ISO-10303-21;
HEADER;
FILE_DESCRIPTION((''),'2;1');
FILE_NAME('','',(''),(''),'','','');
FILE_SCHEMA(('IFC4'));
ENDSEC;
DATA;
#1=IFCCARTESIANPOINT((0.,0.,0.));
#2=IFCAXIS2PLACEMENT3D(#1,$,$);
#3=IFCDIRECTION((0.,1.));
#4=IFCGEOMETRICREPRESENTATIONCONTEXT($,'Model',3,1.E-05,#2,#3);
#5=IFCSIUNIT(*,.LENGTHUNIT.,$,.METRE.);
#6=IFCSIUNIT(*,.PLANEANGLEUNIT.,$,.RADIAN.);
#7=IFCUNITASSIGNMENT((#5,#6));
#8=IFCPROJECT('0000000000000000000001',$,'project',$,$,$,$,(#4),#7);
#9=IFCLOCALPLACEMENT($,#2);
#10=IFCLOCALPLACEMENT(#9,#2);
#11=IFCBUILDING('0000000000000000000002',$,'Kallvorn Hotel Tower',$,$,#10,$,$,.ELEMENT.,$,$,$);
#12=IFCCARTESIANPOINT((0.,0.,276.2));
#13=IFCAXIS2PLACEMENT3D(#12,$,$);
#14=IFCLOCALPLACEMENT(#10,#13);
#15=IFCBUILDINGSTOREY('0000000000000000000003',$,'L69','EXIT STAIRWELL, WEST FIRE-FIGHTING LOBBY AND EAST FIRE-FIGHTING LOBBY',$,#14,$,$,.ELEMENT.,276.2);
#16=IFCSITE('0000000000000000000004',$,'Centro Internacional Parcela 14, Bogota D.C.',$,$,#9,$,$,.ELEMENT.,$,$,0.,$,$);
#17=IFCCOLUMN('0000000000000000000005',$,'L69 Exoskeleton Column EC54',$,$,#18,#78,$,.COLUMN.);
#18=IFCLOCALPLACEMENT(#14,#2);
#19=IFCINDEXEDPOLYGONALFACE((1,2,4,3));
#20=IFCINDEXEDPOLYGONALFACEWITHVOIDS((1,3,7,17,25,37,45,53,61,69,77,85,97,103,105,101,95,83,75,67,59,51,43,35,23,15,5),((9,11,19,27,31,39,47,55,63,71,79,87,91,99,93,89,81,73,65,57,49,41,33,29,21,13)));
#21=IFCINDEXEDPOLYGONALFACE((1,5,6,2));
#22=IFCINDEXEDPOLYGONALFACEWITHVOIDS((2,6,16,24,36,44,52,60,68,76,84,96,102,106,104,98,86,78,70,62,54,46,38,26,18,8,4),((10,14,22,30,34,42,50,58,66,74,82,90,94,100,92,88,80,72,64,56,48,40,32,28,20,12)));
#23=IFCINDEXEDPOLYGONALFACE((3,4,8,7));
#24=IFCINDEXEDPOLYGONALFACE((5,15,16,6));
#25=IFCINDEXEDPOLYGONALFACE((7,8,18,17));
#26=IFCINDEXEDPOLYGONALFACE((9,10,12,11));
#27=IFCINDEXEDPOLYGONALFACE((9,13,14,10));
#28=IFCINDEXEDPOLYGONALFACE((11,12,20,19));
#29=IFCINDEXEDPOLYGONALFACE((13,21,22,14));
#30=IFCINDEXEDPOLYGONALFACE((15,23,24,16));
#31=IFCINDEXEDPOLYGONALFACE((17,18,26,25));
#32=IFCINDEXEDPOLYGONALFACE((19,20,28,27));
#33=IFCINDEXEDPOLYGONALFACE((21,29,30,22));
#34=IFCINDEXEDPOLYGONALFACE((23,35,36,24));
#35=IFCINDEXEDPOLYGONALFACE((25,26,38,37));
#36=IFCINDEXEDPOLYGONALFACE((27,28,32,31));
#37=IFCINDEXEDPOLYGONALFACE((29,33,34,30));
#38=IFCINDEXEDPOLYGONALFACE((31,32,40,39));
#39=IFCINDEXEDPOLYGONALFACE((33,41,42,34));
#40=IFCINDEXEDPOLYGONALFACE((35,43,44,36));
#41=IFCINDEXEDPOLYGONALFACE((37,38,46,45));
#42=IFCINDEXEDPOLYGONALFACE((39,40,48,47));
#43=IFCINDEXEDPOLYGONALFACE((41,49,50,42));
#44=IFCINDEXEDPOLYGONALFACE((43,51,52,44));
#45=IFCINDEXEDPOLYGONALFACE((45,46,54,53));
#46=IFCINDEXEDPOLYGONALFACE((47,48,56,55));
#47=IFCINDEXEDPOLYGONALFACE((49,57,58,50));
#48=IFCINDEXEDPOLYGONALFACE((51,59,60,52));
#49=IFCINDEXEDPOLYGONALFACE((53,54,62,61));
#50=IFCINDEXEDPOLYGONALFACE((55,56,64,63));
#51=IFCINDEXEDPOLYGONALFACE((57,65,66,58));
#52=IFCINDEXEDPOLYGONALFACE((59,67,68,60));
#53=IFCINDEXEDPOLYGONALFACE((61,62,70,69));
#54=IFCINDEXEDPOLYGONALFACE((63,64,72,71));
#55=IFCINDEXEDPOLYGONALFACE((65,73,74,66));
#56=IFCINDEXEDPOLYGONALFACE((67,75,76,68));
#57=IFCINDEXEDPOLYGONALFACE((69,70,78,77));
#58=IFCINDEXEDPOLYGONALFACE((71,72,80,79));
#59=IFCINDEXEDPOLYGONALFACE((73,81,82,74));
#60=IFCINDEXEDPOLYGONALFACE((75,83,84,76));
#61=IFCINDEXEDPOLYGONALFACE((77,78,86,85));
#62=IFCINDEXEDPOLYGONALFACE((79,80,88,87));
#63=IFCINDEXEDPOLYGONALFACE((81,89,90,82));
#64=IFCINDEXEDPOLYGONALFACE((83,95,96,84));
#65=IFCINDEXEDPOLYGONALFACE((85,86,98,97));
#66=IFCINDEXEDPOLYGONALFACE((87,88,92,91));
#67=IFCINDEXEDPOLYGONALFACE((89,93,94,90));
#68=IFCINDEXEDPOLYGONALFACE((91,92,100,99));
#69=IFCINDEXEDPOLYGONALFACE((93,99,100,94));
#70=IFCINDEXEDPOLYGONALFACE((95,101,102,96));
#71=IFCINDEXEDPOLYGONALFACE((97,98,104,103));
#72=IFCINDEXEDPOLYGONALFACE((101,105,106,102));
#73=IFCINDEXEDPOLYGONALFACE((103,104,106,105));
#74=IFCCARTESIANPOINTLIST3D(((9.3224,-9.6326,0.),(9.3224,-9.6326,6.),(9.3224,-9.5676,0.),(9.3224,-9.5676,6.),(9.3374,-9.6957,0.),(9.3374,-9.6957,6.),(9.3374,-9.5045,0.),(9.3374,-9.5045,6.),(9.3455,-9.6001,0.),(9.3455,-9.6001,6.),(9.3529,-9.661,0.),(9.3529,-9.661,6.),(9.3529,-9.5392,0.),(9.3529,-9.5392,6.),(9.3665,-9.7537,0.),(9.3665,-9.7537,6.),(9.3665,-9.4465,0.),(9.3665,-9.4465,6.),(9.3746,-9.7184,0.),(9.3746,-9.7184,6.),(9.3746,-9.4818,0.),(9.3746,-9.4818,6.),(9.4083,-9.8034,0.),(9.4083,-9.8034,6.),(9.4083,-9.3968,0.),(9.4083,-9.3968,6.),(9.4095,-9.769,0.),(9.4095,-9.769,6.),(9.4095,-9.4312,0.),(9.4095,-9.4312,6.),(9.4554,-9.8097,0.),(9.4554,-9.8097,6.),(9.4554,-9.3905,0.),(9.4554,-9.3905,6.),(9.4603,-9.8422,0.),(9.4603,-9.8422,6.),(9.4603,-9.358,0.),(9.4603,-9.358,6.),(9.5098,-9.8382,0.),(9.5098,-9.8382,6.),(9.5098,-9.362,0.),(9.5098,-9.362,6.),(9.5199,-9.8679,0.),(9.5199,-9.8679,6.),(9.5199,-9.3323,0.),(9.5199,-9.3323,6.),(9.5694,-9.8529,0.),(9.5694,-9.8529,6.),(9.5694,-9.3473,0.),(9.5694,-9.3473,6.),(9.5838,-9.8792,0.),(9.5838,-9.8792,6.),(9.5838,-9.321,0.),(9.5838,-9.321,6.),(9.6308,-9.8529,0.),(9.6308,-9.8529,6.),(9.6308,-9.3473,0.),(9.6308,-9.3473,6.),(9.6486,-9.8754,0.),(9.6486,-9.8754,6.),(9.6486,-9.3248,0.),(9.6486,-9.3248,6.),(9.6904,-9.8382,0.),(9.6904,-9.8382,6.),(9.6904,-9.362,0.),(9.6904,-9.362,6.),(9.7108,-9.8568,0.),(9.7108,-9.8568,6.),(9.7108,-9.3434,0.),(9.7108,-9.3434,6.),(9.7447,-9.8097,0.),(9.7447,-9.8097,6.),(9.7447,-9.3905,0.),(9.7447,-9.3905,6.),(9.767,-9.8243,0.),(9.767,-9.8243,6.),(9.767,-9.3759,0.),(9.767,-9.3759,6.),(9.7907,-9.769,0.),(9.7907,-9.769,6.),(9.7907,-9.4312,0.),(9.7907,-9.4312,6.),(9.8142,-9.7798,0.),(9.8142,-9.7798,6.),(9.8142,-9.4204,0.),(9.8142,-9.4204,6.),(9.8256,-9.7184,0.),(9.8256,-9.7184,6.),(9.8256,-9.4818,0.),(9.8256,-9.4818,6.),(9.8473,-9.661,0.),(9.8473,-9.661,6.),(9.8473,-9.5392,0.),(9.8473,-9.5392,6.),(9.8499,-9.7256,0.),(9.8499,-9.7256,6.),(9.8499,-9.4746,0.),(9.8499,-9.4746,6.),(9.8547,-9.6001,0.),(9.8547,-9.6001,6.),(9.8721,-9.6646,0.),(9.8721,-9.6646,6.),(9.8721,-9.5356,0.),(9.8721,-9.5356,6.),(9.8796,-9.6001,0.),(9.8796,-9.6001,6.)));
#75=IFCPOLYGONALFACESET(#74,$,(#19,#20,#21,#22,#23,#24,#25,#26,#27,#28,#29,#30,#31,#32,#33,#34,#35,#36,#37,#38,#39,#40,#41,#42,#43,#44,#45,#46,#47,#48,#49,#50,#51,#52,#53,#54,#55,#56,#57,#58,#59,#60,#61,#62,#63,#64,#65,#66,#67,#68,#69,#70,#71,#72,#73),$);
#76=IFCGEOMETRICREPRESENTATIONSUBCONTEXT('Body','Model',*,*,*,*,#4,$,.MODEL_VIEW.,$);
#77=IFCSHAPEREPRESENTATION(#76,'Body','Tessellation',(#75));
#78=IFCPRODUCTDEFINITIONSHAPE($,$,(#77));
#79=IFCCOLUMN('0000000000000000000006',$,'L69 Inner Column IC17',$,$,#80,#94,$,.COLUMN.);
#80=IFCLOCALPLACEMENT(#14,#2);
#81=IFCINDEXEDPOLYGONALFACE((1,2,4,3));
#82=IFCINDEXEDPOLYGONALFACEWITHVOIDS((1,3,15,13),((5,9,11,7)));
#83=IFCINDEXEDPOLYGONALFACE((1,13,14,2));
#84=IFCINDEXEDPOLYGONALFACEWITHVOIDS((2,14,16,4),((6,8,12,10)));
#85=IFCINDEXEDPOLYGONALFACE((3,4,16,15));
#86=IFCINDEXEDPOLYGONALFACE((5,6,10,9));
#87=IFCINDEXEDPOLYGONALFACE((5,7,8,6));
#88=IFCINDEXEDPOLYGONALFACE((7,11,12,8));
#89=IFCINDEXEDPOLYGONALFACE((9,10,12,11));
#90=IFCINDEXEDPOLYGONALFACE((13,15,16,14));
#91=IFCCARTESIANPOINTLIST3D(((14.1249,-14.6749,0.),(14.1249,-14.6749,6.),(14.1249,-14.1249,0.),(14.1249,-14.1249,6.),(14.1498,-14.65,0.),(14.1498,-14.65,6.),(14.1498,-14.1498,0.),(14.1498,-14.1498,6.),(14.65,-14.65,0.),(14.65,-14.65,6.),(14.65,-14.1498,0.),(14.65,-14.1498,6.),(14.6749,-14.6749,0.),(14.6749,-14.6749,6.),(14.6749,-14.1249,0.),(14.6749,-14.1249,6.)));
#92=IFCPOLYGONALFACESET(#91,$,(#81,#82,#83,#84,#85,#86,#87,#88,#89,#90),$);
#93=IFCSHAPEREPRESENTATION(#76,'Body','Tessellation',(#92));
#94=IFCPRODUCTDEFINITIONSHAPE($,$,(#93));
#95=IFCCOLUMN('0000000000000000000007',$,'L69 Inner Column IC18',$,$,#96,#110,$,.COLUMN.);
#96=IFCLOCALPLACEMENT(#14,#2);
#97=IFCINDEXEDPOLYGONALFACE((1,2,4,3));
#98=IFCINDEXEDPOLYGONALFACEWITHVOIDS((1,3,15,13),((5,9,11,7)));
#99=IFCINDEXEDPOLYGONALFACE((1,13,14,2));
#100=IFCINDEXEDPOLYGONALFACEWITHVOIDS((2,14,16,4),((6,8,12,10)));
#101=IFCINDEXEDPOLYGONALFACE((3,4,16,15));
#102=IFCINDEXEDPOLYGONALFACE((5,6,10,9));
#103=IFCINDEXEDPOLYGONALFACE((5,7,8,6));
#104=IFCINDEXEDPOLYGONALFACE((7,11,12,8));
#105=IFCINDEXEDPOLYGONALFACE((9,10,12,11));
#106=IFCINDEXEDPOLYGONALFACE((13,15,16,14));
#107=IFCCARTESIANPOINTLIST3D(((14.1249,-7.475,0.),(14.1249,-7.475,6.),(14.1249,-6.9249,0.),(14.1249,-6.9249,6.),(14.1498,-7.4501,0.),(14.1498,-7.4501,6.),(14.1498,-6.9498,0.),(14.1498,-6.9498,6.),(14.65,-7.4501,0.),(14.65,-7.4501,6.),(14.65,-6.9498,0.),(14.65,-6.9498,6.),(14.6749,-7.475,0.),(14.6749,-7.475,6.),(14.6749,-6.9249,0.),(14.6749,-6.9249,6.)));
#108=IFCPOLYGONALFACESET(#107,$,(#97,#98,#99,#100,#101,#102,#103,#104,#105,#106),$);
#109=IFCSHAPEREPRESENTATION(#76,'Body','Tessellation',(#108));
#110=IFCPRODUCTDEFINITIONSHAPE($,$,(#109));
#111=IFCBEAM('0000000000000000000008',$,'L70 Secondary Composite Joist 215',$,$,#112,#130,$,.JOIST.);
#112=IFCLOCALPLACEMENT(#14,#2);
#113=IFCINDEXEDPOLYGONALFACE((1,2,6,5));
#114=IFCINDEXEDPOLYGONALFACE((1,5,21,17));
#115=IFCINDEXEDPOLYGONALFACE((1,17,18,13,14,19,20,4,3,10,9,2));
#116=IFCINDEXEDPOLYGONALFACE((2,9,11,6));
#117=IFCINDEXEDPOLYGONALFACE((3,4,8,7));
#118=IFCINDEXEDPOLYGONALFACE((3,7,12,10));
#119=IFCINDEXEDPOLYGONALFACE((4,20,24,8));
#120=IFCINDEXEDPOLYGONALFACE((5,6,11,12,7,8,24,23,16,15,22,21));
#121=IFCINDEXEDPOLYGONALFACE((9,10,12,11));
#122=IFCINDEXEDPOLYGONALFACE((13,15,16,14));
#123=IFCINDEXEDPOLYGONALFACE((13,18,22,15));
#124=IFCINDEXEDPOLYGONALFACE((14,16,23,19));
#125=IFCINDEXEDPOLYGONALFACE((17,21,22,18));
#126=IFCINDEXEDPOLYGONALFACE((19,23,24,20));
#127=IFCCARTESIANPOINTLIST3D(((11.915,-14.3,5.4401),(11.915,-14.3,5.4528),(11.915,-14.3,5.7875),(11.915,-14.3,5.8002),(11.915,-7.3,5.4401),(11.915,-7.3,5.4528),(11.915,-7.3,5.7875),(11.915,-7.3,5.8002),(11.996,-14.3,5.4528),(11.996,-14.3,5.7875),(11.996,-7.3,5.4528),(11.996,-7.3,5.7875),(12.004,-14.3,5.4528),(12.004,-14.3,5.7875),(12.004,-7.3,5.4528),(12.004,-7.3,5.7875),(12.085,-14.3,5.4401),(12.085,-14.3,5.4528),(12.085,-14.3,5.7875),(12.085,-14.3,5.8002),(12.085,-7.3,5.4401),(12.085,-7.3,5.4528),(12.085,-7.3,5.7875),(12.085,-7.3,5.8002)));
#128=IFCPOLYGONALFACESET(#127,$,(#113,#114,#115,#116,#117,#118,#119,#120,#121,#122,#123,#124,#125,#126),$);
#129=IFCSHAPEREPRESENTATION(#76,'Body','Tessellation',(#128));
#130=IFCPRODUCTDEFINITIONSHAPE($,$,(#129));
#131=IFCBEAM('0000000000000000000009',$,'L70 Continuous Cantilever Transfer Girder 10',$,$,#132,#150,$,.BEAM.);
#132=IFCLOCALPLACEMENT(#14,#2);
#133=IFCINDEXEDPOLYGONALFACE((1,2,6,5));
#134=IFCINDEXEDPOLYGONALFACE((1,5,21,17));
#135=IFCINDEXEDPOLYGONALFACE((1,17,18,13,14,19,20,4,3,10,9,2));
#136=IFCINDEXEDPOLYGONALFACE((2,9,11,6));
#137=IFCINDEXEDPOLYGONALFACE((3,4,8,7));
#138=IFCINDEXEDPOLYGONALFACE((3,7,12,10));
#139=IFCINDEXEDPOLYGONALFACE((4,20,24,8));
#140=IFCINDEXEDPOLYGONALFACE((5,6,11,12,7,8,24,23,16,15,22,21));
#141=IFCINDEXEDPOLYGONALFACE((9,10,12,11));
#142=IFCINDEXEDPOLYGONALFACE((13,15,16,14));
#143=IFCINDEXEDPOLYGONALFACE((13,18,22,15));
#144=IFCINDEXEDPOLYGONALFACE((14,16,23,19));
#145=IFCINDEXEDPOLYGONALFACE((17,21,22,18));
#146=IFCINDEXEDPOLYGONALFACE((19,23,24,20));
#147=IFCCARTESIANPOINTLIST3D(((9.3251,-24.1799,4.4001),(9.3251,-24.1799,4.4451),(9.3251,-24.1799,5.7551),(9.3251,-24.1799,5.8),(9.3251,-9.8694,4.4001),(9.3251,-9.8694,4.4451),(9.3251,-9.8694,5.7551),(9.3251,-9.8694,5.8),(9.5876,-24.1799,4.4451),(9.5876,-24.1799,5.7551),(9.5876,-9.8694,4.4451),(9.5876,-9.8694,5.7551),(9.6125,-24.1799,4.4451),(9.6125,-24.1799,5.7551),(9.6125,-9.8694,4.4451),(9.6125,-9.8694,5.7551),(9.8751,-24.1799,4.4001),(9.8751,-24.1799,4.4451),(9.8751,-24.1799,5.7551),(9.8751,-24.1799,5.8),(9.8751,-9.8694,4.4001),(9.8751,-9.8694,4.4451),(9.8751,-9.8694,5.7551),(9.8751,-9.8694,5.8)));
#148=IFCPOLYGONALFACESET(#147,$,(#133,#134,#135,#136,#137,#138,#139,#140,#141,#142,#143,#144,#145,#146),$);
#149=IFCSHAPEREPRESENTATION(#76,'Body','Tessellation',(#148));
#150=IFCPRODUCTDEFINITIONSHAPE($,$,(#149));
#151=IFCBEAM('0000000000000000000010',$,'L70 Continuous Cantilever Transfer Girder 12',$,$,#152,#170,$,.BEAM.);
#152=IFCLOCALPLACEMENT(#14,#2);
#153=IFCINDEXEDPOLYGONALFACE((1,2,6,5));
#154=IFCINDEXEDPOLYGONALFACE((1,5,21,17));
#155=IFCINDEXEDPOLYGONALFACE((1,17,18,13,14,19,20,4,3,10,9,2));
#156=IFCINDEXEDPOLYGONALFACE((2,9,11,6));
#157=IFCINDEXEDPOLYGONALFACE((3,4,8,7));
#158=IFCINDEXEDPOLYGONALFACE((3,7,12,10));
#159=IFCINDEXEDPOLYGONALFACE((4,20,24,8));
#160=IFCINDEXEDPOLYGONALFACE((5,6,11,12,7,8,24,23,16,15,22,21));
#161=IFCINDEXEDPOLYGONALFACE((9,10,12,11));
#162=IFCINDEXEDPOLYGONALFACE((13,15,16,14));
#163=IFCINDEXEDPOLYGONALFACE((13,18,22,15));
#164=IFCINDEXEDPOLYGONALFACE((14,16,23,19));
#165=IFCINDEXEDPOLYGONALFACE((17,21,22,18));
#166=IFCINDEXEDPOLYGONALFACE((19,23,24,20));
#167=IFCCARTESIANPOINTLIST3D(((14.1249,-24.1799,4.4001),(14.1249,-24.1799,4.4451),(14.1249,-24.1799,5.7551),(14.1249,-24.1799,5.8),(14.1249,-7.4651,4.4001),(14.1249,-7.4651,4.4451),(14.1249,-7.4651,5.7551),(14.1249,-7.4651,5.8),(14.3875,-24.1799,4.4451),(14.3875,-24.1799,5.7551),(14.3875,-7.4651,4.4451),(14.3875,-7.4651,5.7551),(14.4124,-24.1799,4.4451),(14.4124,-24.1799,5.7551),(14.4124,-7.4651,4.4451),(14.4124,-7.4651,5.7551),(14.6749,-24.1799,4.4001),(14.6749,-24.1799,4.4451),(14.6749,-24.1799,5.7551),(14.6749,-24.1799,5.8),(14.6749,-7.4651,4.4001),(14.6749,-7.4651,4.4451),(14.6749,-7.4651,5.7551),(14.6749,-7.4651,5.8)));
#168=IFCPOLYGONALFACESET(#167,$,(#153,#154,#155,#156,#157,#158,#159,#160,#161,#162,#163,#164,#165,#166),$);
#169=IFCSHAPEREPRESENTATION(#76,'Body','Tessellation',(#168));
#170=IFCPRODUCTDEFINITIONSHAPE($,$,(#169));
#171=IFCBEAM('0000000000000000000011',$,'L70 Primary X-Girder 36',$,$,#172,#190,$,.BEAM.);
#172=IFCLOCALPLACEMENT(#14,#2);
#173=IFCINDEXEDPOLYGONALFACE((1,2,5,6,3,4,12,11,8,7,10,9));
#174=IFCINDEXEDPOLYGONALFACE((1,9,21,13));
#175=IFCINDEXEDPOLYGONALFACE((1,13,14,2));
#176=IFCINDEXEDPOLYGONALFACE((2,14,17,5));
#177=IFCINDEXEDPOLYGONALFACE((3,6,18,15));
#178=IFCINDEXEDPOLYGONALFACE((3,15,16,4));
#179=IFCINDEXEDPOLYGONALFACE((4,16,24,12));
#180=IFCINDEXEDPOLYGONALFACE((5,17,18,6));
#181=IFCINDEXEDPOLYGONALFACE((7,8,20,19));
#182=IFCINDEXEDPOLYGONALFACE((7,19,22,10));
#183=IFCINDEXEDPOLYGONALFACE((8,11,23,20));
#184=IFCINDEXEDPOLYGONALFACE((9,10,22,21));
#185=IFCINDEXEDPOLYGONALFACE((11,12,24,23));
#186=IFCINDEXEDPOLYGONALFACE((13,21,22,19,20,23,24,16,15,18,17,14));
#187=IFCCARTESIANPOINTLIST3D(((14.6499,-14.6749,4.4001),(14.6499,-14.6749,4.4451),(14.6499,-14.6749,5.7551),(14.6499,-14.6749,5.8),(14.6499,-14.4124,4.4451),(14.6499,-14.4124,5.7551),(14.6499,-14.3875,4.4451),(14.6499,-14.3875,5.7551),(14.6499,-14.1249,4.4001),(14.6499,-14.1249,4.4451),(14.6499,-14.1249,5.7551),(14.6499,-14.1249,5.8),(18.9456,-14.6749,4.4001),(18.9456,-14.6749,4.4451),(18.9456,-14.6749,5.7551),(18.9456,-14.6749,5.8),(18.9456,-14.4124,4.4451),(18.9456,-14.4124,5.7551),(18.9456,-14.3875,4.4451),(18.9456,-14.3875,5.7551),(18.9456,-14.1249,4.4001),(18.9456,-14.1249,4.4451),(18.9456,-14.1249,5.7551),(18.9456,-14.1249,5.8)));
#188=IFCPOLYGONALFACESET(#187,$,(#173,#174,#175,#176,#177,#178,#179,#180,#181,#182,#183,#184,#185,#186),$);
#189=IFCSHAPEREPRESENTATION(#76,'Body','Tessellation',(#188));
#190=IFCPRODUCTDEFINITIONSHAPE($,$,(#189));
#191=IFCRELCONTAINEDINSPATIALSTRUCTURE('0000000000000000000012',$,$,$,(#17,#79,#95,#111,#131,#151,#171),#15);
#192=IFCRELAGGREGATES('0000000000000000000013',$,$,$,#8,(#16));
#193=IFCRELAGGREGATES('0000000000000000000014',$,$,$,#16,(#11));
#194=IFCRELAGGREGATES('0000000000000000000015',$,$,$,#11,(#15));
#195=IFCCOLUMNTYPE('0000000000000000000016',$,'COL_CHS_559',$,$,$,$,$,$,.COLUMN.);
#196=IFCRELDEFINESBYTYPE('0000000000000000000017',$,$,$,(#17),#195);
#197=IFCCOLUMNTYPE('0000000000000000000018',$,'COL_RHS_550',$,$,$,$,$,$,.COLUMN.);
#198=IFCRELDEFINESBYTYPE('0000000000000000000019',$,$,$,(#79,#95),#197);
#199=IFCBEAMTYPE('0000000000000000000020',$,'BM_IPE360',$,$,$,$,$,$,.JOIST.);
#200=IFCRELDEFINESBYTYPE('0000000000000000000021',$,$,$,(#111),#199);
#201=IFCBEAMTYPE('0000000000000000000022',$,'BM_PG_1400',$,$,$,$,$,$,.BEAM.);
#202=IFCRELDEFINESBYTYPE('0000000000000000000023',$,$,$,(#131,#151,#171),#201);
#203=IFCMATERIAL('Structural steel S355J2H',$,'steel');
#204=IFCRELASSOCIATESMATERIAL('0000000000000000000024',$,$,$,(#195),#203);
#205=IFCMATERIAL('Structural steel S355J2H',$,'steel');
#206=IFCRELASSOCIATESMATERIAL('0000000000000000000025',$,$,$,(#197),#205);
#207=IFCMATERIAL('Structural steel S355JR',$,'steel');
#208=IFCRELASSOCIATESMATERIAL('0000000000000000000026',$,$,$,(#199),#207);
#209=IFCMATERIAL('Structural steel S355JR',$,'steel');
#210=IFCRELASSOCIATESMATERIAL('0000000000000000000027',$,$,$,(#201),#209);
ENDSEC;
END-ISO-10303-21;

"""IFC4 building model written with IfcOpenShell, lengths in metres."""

from ifc_helpers import new_model, si_unit, direction, frame, origin, origin_2d, place, context, subcontext, project, spatial, hollow_rectangle, hollow_circle, i_section, extrude, material, material_profile, profile_set, type_object, element, save


model = new_model("IFC4")

# Units and contexts
model_context = context("Model", 3, precision=1e-05, world=origin(), true_north=direction((0.0, 1.0)))
body_context = subcontext(model_context, "Body", "Model", "MODEL_VIEW")
ifc_project = project(units=[si_unit("LENGTHUNIT", "METRE"), si_unit("PLANEANGLEUNIT", "RADIAN")], contexts=[model_context])

# Site, building, storey
site_placement = place(None, origin())
site = spatial("IfcSite", under=ifc_project, at=site_placement, Name="Centro Internacional Parcela 14, Bogota D.C.", CompositionType="ELEMENT", RefElevation=0.0)
building_placement = place(site_placement, origin())
building = spatial("IfcBuilding", under=site, at=building_placement, Name="Kallvorn Hotel Tower", CompositionType="ELEMENT")
storey_placement = place(building_placement, frame((0.0, 0.0, 276.2)))
storey = spatial("IfcBuildingStorey", under=building, at=storey_placement, Name="L69", Description="EXIT STAIRWELL, WEST FIRE-FIGHTING LOBBY AND EAST FIRE-FIGHTING LOBBY", CompositionType="ELEMENT", Elevation=276.2)

# Columns
ifc_material_1 = material(Name="Structural steel S355J2H", Category="steel")
ifc_material_profile_1 = material_profile(ifc_material_1, hollow_circle(Radius=0.2795, WallThickness=0.0249, at=origin_2d()), Name="CHS 559x25")
ifc_profile_set_1 = profile_set([ifc_material_profile_1], Name="Structural steel S355J2H")
column_type_1 = type_object("IfcColumnType", Name="COL_CHS_559", PredefinedType="COLUMN", material=ifc_profile_set_1)
column_placement = place(storey_placement, frame((9.6001, -9.6001, 0.0), z_axis=(0.0, 0.0, 1.0), x_axis=(1.0, 0.0, 0.0)))
element("IfcColumn", 1, at=column_placement, inside=storey, type_object=column_type_1, Name="L69 Exoskeleton Column EC54", PredefinedType="COLUMN", context=body_context, shape_type="SweptSolid", body=[
    extrude(hollow_circle(Radius=0.2795, WallThickness=0.0249, at=origin_2d()), origin(), (0.0, 0.0, 1.0), 6.0),
])
ifc_material_2 = material(Name="Structural steel S355J2H", Category="steel")
ifc_material_profile_2 = material_profile(ifc_material_2, hollow_rectangle(XDim=0.55, YDim=0.55, WallThickness=0.0249, at=origin_2d()), Name="RHS 550x550x25")
ifc_profile_set_2 = profile_set([ifc_material_profile_2], Name="Structural steel S355J2H")
column_type_2 = type_object("IfcColumnType", Name="COL_RHS_550", PredefinedType="COLUMN", material=ifc_profile_set_2)
for number, where, z_axis, x_axis, name in (
    (2, (14.3999, -14.3999, 0.0), (0.0, 0.0, 1.0), (1.0, 0.0, 0.0), "L69 Inner Column IC17"),
    (3, (14.3999, -7.2, 0.0), (0.0, 0.0, 1.0), (1.0, 0.0, 0.0), "L69 Inner Column IC18"),
):
    element("IfcColumn", number, at=place(storey_placement, frame(where, z_axis=z_axis, x_axis=x_axis)), inside=storey, type_object=column_type_2, Name=name, PredefinedType="COLUMN", context=body_context, shape_type="SweptSolid", body=[
        extrude(hollow_rectangle(XDim=0.55, YDim=0.55, WallThickness=0.0249, at=origin_2d()), origin(), (0.0, 0.0, 1.0), 6.0),
    ])

# Beams
ifc_material_3 = material(Name="Structural steel S355JR", Category="steel")
ifc_material_profile_3 = material_profile(ifc_material_3, i_section(OverallWidth=0.1699, OverallDepth=0.3601, WebThickness=0.0081, FlangeThickness=0.0127, at=origin_2d()), Name="IPE 360")
ifc_profile_set_3 = profile_set([ifc_material_profile_3], Name="Structural steel S355JR")
beam_type_1 = type_object("IfcBeamType", Name="BM_IPE360", PredefinedType="JOIST", material=ifc_profile_set_3)
beam_1_placement = place(storey_placement, frame((12.0, -14.3, 5.6201), z_axis=(0.0, 1.0, 0.0), x_axis=(-1.0, 0.0, 0.0)))
element("IfcBeam", 4, at=beam_1_placement, inside=storey, type_object=beam_type_1, Name="L70 Secondary Composite Joist 215", PredefinedType="JOIST", context=body_context, shape_type="SweptSolid", body=[
    extrude(i_section(OverallWidth=0.1699, OverallDepth=0.3601, WebThickness=0.0081, FlangeThickness=0.0127, at=origin_2d()), origin(), (0.0, 0.0, 1.0), 7.0),
])
ifc_material_4 = material(Name="Structural steel S355JR", Category="steel")
ifc_material_profile_4 = material_profile(ifc_material_4, i_section(OverallWidth=0.55, OverallDepth=1.3999, WebThickness=0.0249, FlangeThickness=0.0449, at=origin_2d()), Name="PG 1400x550x25x45")
ifc_profile_set_4 = profile_set([ifc_material_profile_4], Name="Structural steel S355JR")
beam_type_2 = type_object("IfcBeamType", Name="BM_PG_1400", PredefinedType="BEAM", material=ifc_profile_set_4)
beam_2_placement = place(storey_placement, frame((9.6001, -9.8694, 5.1001), z_axis=(0.0, -1.0, 0.0), x_axis=(1.0, 0.0, 0.0)))
element("IfcBeam", 5, at=beam_2_placement, inside=storey, type_object=beam_type_2, Name="L70 Continuous Cantilever Transfer Girder 10", PredefinedType="BEAM", context=body_context, shape_type="SweptSolid", body=[
    extrude(i_section(OverallWidth=0.55, OverallDepth=1.3999, WebThickness=0.0249, FlangeThickness=0.0449, at=origin_2d()), origin(), (0.0, 0.0, 1.0), 14.3105),
])
beam_3_placement = place(storey_placement, frame((14.3999, -7.4651, 5.1001), z_axis=(0.0, -1.0, 0.0), x_axis=(1.0, 0.0, 0.0)))
element("IfcBeam", 6, at=beam_3_placement, inside=storey, type_object=beam_type_2, Name="L70 Continuous Cantilever Transfer Girder 12", PredefinedType="BEAM", context=body_context, shape_type="SweptSolid", body=[
    extrude(i_section(OverallWidth=0.55, OverallDepth=1.3999, WebThickness=0.0249, FlangeThickness=0.0449, at=origin_2d()), origin(), (0.0, 0.0, 1.0), 16.7148),
])
beam_4_placement = place(storey_placement, frame((14.6499, -14.3999, 5.1001), z_axis=(1.0, 0.0, 0.0), x_axis=(0.0, 1.0, 0.0)))
element("IfcBeam", 7, at=beam_4_placement, inside=storey, type_object=beam_type_2, Name="L70 Primary X-Girder 36", PredefinedType="BEAM", context=body_context, shape_type="SweptSolid", body=[
    extrude(i_section(OverallWidth=0.55, OverallDepth=1.3999, WebThickness=0.0249, FlangeThickness=0.0449, at=origin_2d()), origin(), (0.0, 0.0, 1.0), 4.2957),
])

save(model, "model.ifc")
